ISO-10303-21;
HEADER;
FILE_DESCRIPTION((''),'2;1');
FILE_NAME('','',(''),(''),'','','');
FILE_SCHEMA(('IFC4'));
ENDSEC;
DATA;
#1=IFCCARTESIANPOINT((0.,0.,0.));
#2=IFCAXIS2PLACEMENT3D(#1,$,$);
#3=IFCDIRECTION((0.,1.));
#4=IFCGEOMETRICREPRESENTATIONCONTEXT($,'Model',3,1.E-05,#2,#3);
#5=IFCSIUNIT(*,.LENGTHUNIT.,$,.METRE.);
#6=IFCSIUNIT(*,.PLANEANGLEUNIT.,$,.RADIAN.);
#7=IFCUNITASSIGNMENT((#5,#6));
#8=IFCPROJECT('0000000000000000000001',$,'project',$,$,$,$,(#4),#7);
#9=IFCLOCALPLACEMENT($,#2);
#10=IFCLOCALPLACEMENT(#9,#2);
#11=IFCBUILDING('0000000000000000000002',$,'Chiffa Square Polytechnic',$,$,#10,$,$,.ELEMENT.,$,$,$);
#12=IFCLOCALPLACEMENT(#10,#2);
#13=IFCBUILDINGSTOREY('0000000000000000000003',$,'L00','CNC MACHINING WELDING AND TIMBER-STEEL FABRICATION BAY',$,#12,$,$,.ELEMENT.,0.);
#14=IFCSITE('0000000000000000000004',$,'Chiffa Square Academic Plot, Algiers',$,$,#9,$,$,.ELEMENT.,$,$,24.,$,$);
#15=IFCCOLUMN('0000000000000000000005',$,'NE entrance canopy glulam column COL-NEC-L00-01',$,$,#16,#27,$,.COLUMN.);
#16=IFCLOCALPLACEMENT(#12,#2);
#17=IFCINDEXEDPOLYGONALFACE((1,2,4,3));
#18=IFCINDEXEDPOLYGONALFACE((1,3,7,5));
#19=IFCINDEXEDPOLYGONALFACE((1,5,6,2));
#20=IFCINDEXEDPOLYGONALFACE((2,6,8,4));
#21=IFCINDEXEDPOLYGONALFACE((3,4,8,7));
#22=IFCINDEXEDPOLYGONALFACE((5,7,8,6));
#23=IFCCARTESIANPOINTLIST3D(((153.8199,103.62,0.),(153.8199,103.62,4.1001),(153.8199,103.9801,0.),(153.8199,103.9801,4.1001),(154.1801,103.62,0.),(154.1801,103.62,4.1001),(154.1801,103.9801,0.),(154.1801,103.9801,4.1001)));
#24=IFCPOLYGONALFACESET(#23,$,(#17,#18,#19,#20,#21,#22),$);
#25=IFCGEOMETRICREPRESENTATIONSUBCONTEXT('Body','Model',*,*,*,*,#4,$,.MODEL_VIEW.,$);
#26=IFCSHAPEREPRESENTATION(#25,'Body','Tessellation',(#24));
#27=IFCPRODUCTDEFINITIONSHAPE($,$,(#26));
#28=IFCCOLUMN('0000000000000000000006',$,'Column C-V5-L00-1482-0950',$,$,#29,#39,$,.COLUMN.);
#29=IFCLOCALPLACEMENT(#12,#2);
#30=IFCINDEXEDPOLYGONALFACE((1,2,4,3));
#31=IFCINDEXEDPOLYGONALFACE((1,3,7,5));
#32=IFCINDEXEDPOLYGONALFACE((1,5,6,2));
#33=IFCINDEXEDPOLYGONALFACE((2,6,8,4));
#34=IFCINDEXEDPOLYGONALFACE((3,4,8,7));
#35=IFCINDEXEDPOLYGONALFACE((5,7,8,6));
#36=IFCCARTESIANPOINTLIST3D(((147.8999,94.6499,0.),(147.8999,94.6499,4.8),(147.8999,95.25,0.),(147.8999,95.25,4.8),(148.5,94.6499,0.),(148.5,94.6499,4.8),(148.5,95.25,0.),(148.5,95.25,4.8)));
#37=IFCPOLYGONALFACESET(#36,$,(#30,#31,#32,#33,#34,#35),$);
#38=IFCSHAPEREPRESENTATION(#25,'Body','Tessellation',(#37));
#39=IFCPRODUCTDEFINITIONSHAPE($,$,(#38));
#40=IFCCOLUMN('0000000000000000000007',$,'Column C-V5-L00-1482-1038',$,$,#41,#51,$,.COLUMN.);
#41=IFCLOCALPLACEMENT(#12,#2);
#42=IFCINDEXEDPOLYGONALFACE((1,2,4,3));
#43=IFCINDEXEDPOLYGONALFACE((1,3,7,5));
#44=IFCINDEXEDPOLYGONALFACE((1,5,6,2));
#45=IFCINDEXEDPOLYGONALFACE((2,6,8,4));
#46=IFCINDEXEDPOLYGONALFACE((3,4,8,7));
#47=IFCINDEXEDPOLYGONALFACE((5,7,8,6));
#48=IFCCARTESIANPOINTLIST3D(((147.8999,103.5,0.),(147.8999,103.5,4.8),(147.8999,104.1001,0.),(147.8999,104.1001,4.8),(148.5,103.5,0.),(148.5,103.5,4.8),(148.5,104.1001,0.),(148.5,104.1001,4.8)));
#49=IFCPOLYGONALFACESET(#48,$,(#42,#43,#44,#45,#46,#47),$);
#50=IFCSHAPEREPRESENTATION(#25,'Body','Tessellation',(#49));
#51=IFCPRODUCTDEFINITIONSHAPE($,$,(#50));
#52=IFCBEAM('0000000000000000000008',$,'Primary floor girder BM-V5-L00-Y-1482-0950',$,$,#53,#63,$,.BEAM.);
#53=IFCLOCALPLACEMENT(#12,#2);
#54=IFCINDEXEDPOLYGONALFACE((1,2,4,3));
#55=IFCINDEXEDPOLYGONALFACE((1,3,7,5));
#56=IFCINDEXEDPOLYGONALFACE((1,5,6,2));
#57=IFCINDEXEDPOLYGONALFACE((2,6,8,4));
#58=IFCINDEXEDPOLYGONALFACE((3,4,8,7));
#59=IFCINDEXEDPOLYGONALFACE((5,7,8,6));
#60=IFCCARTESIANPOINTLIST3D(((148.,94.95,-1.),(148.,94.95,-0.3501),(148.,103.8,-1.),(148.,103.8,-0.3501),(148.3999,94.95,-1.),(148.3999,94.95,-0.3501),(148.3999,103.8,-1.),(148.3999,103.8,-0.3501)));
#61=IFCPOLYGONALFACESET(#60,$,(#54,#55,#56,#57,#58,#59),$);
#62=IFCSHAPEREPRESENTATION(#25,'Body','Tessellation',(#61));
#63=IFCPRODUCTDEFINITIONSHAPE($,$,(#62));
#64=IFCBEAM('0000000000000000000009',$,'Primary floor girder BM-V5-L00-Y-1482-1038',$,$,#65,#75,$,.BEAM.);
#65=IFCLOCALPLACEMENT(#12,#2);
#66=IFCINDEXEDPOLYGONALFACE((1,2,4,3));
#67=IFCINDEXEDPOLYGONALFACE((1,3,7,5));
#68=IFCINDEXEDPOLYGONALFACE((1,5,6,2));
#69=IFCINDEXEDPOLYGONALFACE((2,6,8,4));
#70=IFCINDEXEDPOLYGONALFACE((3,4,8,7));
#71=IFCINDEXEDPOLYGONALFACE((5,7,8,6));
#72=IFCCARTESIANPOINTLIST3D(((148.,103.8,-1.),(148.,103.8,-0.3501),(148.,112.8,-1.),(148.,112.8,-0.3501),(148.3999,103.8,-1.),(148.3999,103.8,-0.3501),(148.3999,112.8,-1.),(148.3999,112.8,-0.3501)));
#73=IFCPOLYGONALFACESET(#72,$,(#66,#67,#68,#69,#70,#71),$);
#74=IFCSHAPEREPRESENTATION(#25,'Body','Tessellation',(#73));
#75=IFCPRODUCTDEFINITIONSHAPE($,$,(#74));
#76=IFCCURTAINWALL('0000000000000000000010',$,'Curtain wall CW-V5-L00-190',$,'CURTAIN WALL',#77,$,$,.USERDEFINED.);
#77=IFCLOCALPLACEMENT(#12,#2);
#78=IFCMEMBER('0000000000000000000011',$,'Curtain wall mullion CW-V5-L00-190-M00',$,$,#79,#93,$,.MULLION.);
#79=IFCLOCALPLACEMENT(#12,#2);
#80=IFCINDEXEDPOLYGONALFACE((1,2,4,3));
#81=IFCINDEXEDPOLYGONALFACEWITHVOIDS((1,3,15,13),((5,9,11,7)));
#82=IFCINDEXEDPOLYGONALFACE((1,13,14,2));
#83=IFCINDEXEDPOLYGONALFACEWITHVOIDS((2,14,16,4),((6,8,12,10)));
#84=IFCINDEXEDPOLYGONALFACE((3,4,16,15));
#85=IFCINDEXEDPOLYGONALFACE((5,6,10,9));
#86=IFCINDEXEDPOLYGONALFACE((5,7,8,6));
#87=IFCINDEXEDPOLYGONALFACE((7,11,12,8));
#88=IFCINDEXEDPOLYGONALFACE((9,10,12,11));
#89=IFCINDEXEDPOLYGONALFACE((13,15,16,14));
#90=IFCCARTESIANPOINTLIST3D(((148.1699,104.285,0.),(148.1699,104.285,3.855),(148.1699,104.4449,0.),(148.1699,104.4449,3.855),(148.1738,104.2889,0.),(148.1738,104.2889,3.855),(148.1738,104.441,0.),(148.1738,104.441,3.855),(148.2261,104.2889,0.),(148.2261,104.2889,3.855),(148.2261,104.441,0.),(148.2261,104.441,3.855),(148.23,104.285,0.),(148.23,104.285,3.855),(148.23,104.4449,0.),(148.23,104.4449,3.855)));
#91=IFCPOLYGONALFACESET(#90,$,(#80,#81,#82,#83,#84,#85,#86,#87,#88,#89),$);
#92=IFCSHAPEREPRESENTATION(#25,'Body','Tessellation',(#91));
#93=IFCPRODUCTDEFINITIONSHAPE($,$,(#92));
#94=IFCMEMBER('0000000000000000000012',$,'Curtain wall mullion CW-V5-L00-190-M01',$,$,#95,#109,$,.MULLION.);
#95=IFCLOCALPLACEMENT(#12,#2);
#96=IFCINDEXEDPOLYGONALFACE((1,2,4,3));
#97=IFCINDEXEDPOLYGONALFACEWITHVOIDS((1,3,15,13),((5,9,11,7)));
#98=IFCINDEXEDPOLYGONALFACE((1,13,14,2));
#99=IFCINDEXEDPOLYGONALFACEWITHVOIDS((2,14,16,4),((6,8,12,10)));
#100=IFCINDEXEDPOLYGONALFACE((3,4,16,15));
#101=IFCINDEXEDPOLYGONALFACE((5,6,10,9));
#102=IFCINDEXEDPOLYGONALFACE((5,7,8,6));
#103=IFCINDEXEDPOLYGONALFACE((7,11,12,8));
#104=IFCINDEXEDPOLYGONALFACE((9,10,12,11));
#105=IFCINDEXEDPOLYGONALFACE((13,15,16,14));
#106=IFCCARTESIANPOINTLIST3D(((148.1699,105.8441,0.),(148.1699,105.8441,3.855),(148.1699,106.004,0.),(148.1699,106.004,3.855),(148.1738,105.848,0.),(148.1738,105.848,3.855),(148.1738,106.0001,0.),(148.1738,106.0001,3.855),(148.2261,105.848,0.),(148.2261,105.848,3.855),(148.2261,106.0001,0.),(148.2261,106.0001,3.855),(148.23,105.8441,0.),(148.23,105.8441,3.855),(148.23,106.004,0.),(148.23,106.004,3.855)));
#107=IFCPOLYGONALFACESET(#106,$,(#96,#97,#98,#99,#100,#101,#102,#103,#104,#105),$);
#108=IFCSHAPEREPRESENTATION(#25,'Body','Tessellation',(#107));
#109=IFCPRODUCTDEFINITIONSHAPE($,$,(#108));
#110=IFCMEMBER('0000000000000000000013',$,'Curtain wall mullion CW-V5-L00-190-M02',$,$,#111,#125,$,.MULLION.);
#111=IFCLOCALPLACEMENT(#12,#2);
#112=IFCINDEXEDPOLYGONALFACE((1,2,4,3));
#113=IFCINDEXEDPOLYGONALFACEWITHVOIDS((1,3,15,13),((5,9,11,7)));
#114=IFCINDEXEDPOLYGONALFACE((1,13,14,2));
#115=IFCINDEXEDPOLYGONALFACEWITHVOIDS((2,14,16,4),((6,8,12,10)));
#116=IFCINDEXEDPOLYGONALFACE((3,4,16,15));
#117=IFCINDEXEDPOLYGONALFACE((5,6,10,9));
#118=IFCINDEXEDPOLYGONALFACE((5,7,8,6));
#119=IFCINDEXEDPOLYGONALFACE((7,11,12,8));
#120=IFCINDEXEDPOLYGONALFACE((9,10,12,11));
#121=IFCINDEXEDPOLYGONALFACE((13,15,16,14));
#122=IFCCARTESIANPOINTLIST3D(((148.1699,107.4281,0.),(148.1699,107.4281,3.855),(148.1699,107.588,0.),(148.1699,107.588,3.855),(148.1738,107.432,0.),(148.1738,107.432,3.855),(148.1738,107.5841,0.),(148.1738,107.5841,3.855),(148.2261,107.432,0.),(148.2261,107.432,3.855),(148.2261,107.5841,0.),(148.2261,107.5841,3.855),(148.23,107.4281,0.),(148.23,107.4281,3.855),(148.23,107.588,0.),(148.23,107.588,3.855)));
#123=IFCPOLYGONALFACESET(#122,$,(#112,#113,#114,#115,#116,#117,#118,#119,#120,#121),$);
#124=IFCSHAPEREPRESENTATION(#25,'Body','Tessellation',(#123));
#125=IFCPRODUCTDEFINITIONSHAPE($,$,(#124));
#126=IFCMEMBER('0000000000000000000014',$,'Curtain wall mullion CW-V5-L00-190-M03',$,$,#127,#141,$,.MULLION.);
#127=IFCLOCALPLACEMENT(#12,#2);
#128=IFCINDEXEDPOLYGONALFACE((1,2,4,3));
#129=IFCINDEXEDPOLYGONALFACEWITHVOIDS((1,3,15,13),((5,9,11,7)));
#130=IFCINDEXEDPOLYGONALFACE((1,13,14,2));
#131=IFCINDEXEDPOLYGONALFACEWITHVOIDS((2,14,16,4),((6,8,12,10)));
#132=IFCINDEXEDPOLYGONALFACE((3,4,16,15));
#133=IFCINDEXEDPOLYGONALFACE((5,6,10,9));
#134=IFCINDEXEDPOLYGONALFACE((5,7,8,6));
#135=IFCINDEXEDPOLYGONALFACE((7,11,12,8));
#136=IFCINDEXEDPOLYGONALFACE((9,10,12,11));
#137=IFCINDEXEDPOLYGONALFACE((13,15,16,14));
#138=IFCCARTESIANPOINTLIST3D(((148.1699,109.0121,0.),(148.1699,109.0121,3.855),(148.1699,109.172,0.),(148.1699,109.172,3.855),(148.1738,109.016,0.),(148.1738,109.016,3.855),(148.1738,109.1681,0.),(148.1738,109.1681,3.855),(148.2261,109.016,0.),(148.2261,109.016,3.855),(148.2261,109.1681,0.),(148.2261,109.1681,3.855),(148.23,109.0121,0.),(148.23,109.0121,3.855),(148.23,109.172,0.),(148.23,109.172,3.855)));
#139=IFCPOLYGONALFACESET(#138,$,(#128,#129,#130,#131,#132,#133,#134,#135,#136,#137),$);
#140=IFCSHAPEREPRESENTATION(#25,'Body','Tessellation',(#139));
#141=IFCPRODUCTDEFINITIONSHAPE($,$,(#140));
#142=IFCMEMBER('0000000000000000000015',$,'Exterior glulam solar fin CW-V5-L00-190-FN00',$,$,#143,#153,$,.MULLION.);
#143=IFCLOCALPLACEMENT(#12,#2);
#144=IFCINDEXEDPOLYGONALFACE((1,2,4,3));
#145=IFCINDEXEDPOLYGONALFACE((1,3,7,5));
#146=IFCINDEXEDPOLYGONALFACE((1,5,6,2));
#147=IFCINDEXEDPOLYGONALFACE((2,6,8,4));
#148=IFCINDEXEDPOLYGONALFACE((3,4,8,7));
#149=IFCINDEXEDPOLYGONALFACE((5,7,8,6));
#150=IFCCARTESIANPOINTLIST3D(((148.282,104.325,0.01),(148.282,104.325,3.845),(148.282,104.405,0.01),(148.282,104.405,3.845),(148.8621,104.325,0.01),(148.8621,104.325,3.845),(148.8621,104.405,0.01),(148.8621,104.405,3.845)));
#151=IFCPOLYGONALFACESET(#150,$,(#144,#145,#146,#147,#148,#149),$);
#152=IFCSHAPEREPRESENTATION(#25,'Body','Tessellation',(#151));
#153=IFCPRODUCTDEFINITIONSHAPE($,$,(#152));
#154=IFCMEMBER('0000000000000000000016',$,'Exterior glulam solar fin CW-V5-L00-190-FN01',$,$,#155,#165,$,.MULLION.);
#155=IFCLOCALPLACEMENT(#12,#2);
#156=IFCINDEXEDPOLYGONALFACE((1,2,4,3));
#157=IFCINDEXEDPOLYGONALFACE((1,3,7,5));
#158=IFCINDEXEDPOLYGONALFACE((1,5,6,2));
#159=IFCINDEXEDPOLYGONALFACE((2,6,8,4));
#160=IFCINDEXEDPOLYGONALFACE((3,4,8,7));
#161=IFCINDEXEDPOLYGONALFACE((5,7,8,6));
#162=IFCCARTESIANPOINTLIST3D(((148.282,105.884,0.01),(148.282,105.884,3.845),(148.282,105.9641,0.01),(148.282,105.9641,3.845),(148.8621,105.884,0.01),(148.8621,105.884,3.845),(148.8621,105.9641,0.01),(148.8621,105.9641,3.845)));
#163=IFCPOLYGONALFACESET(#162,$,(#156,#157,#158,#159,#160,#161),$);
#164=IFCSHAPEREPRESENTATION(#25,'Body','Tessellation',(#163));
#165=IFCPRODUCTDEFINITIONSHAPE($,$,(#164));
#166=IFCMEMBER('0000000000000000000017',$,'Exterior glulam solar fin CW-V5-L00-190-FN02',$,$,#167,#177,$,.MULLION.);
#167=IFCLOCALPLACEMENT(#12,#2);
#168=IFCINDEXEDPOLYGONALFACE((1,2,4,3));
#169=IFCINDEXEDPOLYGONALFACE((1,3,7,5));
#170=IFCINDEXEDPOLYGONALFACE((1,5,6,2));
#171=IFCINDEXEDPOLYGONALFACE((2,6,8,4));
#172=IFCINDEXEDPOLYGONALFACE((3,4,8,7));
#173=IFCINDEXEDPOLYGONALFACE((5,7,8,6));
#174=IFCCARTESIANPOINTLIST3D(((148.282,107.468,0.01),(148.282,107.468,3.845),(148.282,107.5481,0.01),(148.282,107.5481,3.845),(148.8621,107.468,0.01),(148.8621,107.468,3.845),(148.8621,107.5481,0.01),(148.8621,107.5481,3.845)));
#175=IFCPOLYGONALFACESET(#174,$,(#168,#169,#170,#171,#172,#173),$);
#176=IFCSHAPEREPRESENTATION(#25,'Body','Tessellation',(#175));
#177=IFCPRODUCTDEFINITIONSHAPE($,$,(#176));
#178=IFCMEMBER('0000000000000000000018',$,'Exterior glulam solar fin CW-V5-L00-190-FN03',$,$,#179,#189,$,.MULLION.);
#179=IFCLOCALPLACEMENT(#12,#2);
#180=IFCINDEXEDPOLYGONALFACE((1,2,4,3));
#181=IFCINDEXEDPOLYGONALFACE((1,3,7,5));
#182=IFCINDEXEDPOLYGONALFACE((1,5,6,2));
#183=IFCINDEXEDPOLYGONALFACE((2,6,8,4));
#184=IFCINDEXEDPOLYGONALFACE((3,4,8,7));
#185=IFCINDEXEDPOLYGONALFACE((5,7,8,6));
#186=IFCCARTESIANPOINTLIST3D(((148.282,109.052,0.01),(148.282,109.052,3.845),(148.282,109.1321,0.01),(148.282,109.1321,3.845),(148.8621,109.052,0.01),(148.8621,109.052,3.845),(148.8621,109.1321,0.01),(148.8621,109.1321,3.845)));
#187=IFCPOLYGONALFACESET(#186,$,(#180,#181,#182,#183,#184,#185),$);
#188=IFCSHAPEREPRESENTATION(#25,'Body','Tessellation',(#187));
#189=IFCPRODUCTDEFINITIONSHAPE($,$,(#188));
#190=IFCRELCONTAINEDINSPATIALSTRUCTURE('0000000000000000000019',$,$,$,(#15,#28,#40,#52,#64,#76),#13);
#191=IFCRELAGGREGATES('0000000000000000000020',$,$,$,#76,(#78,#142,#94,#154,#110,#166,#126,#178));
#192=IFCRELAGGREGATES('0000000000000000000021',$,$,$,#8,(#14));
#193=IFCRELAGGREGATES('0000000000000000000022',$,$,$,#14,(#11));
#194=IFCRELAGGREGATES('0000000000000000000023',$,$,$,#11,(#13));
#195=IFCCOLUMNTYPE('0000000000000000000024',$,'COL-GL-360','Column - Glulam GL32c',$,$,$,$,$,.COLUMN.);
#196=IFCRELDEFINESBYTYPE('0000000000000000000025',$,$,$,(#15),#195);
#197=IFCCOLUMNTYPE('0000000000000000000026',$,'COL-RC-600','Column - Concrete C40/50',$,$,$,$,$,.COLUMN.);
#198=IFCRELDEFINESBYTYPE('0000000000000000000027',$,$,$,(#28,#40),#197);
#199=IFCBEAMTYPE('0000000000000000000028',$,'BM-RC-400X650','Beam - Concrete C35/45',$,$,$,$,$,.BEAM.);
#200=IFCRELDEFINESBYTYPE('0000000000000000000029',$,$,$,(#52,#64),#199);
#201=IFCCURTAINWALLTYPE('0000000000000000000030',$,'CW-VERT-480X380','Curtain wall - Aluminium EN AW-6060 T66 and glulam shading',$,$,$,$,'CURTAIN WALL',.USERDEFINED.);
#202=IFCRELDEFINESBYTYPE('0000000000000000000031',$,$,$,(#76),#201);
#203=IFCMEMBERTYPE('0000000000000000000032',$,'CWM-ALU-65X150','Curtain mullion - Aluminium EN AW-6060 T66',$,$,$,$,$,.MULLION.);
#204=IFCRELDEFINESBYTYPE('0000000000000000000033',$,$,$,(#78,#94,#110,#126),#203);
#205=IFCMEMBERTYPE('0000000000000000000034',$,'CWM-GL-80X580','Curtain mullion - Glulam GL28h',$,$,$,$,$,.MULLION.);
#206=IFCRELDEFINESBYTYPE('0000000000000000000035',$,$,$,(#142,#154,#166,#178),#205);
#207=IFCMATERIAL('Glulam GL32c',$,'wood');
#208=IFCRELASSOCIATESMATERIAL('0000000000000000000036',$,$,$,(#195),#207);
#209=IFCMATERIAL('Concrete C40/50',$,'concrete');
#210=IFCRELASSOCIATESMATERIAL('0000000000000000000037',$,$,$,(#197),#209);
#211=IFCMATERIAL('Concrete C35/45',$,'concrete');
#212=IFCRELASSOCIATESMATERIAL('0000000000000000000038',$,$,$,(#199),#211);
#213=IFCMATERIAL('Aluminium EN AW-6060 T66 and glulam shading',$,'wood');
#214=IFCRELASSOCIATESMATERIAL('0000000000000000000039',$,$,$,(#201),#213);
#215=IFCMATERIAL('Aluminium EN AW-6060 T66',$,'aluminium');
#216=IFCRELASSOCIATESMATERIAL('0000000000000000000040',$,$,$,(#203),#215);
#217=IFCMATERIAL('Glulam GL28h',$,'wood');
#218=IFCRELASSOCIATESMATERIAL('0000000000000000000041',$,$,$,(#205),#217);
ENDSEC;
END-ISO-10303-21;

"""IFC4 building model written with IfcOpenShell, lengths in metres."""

from ifc_helpers import new_model, si_unit, direction, frame, origin, origin_2d, place, context, subcontext, project, spatial, rectangle, hollow_rectangle, extrude, material, material_profile, profile_set, type_object, element, aggregate, save


model = new_model("IFC4")

# Units and contexts
model_context = context("Model", 3, precision=1e-05, world=origin(), true_north=direction((0.0, 1.0)))
body_context = subcontext(model_context, "Body", "Model", "MODEL_VIEW")
ifc_project = project(units=[si_unit("LENGTHUNIT", "METRE"), si_unit("PLANEANGLEUNIT", "RADIAN")], contexts=[model_context])

# Site, building, storey
site_placement = place(None, origin())
site = spatial("IfcSite", under=ifc_project, at=site_placement, Name="Chiffa Square Academic Plot, Algiers", CompositionType="ELEMENT", RefElevation=24.0)
building_placement = place(site_placement, origin())
building = spatial("IfcBuilding", under=site, at=building_placement, Name="Chiffa Square Polytechnic", CompositionType="ELEMENT")
storey_placement = place(building_placement, origin())
storey = spatial("IfcBuildingStorey", under=building, at=storey_placement, Name="L00", Description="CNC MACHINING WELDING AND TIMBER-STEEL FABRICATION BAY", CompositionType="ELEMENT", Elevation=0.0)

# Columns
ifc_material_1 = material(Name="Glulam GL32c", Category="wood")
ifc_material_profile_1 = material_profile(ifc_material_1, rectangle(XDim=0.3601, YDim=0.3601, at=origin_2d()), Name="GL32c 360x360")
ifc_profile_set_1 = profile_set([ifc_material_profile_1], Name="Glulam GL32c")
column_type_1 = type_object("IfcColumnType", Name="COL-GL-360", Description="Column - Glulam GL32c", PredefinedType="COLUMN", material=ifc_profile_set_1)
column_placement = place(storey_placement, frame((154.0, 103.8, 0.0), z_axis=(0.0, 0.0, 1.0), x_axis=(1.0, 0.0, 0.0)))
element("IfcColumn", 1, at=column_placement, inside=storey, type_object=column_type_1, Name="NE entrance canopy glulam column COL-NEC-L00-01", PredefinedType="COLUMN", context=body_context, shape_type="SweptSolid", body=[
    extrude(rectangle(XDim=0.3601, YDim=0.3601, at=origin_2d()), origin(), (0.0, 0.0, 1.0), 4.1001),
])
ifc_material_2 = material(Name="Concrete C40/50", Category="concrete")
ifc_material_profile_2 = material_profile(ifc_material_2, rectangle(XDim=0.6001, YDim=0.6001, at=origin_2d()), Name="RC 600x600")
ifc_profile_set_2 = profile_set([ifc_material_profile_2], Name="Concrete C40/50")
column_type_2 = type_object("IfcColumnType", Name="COL-RC-600", Description="Column - Concrete C40/50", PredefinedType="COLUMN", material=ifc_profile_set_2)
for number, where, z_axis, x_axis, name in (
    (2, (148.2, 94.95, 0.0), (0.0, 0.0, 1.0), (1.0, 0.0, 0.0), "Column C-V5-L00-1482-0950"),
    (3, (148.2, 103.8, 0.0), (0.0, 0.0, 1.0), (1.0, 0.0, 0.0), "Column C-V5-L00-1482-1038"),
):
    element("IfcColumn", number, at=place(storey_placement, frame(where, z_axis=z_axis, x_axis=x_axis)), inside=storey, type_object=column_type_2, Name=name, PredefinedType="COLUMN", context=body_context, shape_type="SweptSolid", body=[
        extrude(rectangle(XDim=0.6001, YDim=0.6001, at=origin_2d()), origin(), (0.0, 0.0, 1.0), 4.8),
    ])

# Beams
ifc_material_3 = material(Name="Concrete C35/45", Category="concrete")
ifc_material_profile_3 = material_profile(ifc_material_3, rectangle(XDim=0.3999, YDim=0.6499, at=origin_2d()), Name="RC 400x650")
ifc_profile_set_3 = profile_set([ifc_material_profile_3], Name="Concrete C35/45")
beam_type_1 = type_object("IfcBeamType", Name="BM-RC-400X650", Description="Beam - Concrete C35/45", PredefinedType="BEAM", material=ifc_profile_set_3)
beam_1_placement = place(storey_placement, frame((148.2, 94.95, -0.675), z_axis=(0.0, 1.0, 0.0), x_axis=(-1.0, 0.0, 0.0)))
element("IfcBeam", 4, at=beam_1_placement, inside=storey, type_object=beam_type_1, Name="Primary floor girder BM-V5-L00-Y-1482-0950", PredefinedType="BEAM", context=body_context, shape_type="SweptSolid", body=[
    extrude(rectangle(XDim=0.3999, YDim=0.6499, at=origin_2d()), origin(), (0.0, 0.0, 1.0), 8.8501),
])
beam_2_placement = place(storey_placement, frame((148.2, 103.8, -0.675), z_axis=(0.0, 1.0, 0.0), x_axis=(-1.0, 0.0, 0.0)))
element("IfcBeam", 5, at=beam_2_placement, inside=storey, type_object=beam_type_1, Name="Primary floor girder BM-V5-L00-Y-1482-1038", PredefinedType="BEAM", context=body_context, shape_type="SweptSolid", body=[
    extrude(rectangle(XDim=0.3999, YDim=0.6499, at=origin_2d()), origin(), (0.0, 0.0, 1.0), 9.0),
])

# Curtain wall, members
ifc_material_4 = material(Name="Aluminium EN AW-6060 T66 and glulam shading", Category="wood")
curtain_wall_type = type_object("IfcCurtainWallType", Name="CW-VERT-480X380", Description="Curtain wall - Aluminium EN AW-6060 T66 and glulam shading", ElementType="CURTAIN WALL", PredefinedType="USERDEFINED", material=ifc_material_4)
curtain_wall_placement = place(storey_placement, origin())
curtain_wall = element("IfcCurtainWall", 6, at=curtain_wall_placement, inside=storey, type_object=curtain_wall_type, Name="Curtain wall CW-V5-L00-190", ObjectType="CURTAIN WALL", PredefinedType="USERDEFINED")
ifc_material_5 = material(Name="Aluminium EN AW-6060 T66", Category="aluminium")
ifc_material_profile_4 = material_profile(ifc_material_5, hollow_rectangle(XDim=0.0601, YDim=0.1599, WallThickness=0.0039, at=origin_2d()), Name="ALU 60x160x4")
ifc_profile_set_4 = profile_set([ifc_material_profile_4], Name="Aluminium EN AW-6060 T66")
member_type_1 = type_object("IfcMemberType", Name="CWM-ALU-65X150", Description="Curtain mullion - Aluminium EN AW-6060 T66", PredefinedType="MULLION", material=ifc_profile_set_4)
member_1_placement = place(storey_placement, frame((148.2, 104.365, 0.0), z_axis=(0.0, 0.0, 1.0), x_axis=(1.0, 0.0, 0.0)))
member_1 = element("IfcMember", 7, at=member_1_placement, type_object=member_type_1, Name="Curtain wall mullion CW-V5-L00-190-M00", PredefinedType="MULLION", context=body_context, shape_type="SweptSolid", body=[
    extrude(hollow_rectangle(XDim=0.0601, YDim=0.1599, WallThickness=0.0039, at=origin_2d()), origin(), (0.0, 0.0, 1.0), 3.855),
])
member_2_placement = place(storey_placement, frame((148.2, 105.9241, 0.0), z_axis=(0.0, 0.0, 1.0), x_axis=(1.0, 0.0, 0.0)))
member_2 = element("IfcMember", 8, at=member_2_placement, type_object=member_type_1, Name="Curtain wall mullion CW-V5-L00-190-M01", PredefinedType="MULLION", context=body_context, shape_type="SweptSolid", body=[
    extrude(hollow_rectangle(XDim=0.0601, YDim=0.1599, WallThickness=0.0039, at=origin_2d()), origin(), (0.0, 0.0, 1.0), 3.855),
])
member_3_placement = place(storey_placement, frame((148.2, 107.5081, 0.0), z_axis=(0.0, 0.0, 1.0), x_axis=(1.0, 0.0, 0.0)))
member_3 = element("IfcMember", 9, at=member_3_placement, type_object=member_type_1, Name="Curtain wall mullion CW-V5-L00-190-M02", PredefinedType="MULLION", context=body_context, shape_type="SweptSolid", body=[
    extrude(hollow_rectangle(XDim=0.0601, YDim=0.1599, WallThickness=0.0039, at=origin_2d()), origin(), (0.0, 0.0, 1.0), 3.855),
])
member_4_placement = place(storey_placement, frame((148.2, 109.092, 0.0), z_axis=(0.0, 0.0, 1.0), x_axis=(1.0, 0.0, 0.0)))
member_4 = element("IfcMember", 10, at=member_4_placement, type_object=member_type_1, Name="Curtain wall mullion CW-V5-L00-190-M03", PredefinedType="MULLION", context=body_context, shape_type="SweptSolid", body=[
    extrude(hollow_rectangle(XDim=0.0601, YDim=0.1599, WallThickness=0.0039, at=origin_2d()), origin(), (0.0, 0.0, 1.0), 3.855),
])
ifc_material_6 = material(Name="Glulam GL28h", Category="wood")
ifc_material_profile_5 = material_profile(ifc_material_6, rectangle(XDim=0.0801, YDim=0.5801, at=origin_2d()), Name="GL28h 80x580")
ifc_profile_set_5 = profile_set([ifc_material_profile_5], Name="Glulam GL28h")
member_type_2 = type_object("IfcMemberType", Name="CWM-GL-80X580", Description="Curtain mullion - Glulam GL28h", PredefinedType="MULLION", material=ifc_profile_set_5)
member_5_placement = place(storey_placement, frame((148.572, 104.365, 0.01), z_axis=(0.0, 0.0, 1.0), x_axis=(0.0, 1.0, 0.0)))
member_5 = element("IfcMember", 11, at=member_5_placement, type_object=member_type_2, Name="Exterior glulam solar fin CW-V5-L00-190-FN00", PredefinedType="MULLION", context=body_context, shape_type="SweptSolid", body=[
    extrude(rectangle(XDim=0.0801, YDim=0.5801, at=origin_2d()), origin(), (0.0, 0.0, 1.0), 3.835),
])
member_6_placement = place(storey_placement, frame((148.572, 105.9241, 0.01), z_axis=(0.0, 0.0, 1.0), x_axis=(0.0, 1.0, 0.0)))
member_6 = element("IfcMember", 12, at=member_6_placement, type_object=member_type_2, Name="Exterior glulam solar fin CW-V5-L00-190-FN01", PredefinedType="MULLION", context=body_context, shape_type="SweptSolid", body=[
    extrude(rectangle(XDim=0.0801, YDim=0.5801, at=origin_2d()), origin(), (0.0, 0.0, 1.0), 3.835),
])
member_7_placement = place(storey_placement, frame((148.572, 107.5081, 0.01), z_axis=(0.0, 0.0, 1.0), x_axis=(0.0, 1.0, 0.0)))
member_7 = element("IfcMember", 13, at=member_7_placement, type_object=member_type_2, Name="Exterior glulam solar fin CW-V5-L00-190-FN02", PredefinedType="MULLION", context=body_context, shape_type="SweptSolid", body=[
    extrude(rectangle(XDim=0.0801, YDim=0.5801, at=origin_2d()), origin(), (0.0, 0.0, 1.0), 3.835),
])
member_8_placement = place(storey_placement, frame((148.572, 109.092, 0.01), z_axis=(0.0, 0.0, 1.0), x_axis=(0.0, 1.0, 0.0)))
member_8 = element("IfcMember", 14, at=member_8_placement, type_object=member_type_2, Name="Exterior glulam solar fin CW-V5-L00-190-FN03", PredefinedType="MULLION", context=body_context, shape_type="SweptSolid", body=[
    extrude(rectangle(XDim=0.0801, YDim=0.5801, at=origin_2d()), origin(), (0.0, 0.0, 1.0), 3.835),
])

aggregate(curtain_wall, [member_1, member_5, member_2, member_6, member_3, member_7, member_4, member_8])

save(model, "model.ifc")
